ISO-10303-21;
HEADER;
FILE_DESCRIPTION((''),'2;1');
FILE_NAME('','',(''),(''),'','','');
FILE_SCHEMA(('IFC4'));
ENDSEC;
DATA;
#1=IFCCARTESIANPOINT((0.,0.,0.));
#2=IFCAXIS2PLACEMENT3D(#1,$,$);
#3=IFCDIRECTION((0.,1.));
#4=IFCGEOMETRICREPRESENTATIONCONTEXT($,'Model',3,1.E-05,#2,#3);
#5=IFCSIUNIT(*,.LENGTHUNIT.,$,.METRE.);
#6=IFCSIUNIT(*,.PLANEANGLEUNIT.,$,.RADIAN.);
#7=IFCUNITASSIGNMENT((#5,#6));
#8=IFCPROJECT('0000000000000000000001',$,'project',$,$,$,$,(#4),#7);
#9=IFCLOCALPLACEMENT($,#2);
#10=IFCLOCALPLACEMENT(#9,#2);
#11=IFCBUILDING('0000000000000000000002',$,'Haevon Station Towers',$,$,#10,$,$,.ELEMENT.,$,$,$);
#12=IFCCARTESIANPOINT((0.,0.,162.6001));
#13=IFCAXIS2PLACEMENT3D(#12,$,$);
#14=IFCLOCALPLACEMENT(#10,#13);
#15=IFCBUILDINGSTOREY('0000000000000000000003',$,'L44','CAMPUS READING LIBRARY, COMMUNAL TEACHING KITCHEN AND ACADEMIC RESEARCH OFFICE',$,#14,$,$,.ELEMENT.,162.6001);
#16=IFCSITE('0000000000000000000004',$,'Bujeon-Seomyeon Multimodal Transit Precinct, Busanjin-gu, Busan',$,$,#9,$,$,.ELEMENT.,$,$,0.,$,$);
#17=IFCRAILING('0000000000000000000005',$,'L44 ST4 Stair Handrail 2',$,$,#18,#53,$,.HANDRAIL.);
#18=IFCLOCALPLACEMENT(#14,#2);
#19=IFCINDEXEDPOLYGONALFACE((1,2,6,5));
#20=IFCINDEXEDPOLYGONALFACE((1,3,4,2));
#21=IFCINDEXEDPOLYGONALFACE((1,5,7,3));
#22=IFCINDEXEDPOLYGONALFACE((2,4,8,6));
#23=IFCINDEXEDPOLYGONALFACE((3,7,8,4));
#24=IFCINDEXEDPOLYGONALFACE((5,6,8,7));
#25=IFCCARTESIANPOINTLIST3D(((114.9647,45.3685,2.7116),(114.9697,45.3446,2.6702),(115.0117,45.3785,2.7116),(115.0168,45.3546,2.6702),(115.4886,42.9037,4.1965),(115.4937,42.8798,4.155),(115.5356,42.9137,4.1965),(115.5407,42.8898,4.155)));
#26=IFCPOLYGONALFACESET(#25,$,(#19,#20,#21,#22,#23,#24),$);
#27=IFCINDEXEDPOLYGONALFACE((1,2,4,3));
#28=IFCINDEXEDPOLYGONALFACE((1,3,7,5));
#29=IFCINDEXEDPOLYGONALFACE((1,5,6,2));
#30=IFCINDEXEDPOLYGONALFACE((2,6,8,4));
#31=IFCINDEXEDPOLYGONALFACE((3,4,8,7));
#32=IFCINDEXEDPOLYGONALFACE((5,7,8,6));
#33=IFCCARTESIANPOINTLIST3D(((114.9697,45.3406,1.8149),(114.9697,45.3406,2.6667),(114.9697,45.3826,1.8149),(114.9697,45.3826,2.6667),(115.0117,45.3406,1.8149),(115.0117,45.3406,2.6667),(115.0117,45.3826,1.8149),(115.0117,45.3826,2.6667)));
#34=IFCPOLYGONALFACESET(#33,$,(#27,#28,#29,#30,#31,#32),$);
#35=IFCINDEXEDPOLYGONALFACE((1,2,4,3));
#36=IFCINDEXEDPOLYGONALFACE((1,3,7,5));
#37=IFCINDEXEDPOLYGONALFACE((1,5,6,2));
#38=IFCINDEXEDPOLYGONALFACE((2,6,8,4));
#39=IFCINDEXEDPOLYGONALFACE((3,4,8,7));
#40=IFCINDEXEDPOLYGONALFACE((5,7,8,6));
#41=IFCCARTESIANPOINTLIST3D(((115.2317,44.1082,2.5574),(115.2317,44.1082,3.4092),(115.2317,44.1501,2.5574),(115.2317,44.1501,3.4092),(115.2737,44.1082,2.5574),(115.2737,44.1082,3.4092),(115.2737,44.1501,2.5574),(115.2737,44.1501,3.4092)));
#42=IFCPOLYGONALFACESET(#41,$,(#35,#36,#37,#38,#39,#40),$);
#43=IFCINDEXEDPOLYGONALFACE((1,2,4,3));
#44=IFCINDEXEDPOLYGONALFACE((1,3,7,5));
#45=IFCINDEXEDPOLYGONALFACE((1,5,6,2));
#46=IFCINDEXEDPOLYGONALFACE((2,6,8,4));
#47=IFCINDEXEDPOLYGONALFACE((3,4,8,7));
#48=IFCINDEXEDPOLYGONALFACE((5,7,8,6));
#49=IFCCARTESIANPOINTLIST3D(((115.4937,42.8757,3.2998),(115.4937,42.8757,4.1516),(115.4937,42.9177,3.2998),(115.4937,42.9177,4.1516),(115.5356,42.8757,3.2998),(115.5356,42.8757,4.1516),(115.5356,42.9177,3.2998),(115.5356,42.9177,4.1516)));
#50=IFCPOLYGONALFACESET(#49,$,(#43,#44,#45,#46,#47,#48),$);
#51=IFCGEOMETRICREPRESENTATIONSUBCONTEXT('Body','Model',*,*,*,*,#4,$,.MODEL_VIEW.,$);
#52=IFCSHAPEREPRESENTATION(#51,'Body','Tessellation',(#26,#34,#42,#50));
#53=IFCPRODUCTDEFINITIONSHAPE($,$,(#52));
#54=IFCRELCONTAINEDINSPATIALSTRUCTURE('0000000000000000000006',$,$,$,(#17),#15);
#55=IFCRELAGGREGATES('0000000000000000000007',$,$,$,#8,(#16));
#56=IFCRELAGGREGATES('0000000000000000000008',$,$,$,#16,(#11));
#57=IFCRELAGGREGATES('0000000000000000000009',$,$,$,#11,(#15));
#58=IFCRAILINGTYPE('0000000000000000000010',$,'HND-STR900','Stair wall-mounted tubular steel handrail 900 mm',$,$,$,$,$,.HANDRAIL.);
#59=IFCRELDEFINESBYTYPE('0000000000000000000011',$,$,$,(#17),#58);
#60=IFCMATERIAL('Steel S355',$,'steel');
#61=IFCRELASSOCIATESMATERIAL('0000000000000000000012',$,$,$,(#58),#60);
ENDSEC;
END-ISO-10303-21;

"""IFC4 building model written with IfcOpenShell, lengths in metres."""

from ifc_helpers import new_model, si_unit, direction, frame, origin, origin_2d, place, context, subcontext, project, spatial, rectangle, extrude, material, type_object, element, save


model = new_model("IFC4")

# Units and contexts
model_context = context("Model", 3, precision=1e-05, world=origin(), true_north=direction((0.0, 1.0)))
body_context = subcontext(model_context, "Body", "Model", "MODEL_VIEW")
ifc_project = project(units=[si_unit("LENGTHUNIT", "METRE"), si_unit("PLANEANGLEUNIT", "RADIAN")], contexts=[model_context])

# Site, building, storey
site_placement = place(None, origin())
site = spatial("IfcSite", under=ifc_project, at=site_placement, Name="Bujeon-Seomyeon Multimodal Transit Precinct, Busanjin-gu, Busan", CompositionType="ELEMENT", RefElevation=0.0)
building_placement = place(site_placement, origin())
building = spatial("IfcBuilding", under=site, at=building_placement, Name="Haevon Station Towers", CompositionType="ELEMENT")
storey_placement = place(building_placement, frame((0.0, 0.0, 162.6001)))
storey = spatial("IfcBuildingStorey", under=building, at=storey_placement, Name="L44", Description="CAMPUS READING LIBRARY, COMMUNAL TEACHING KITCHEN AND ACADEMIC RESEARCH OFFICE", CompositionType="ELEMENT", Elevation=162.6001)

# Shared definitions
ifc_material_1 = material(Name="Steel S355", Category="steel")

# Railing
railing_type_1 = type_object("IfcRailingType", Name="HND-STR900", Description="Stair wall-mounted tubular steel handrail 900 mm", PredefinedType="HANDRAIL", material=ifc_material_1)
railing_1_placement = place(storey_placement, frame((114.9907, 45.3616, 1.8149)))
element("IfcRailing", 1, at=railing_1_placement, inside=storey, type_object=railing_type_1, Name="L44 ST4 Stair Handrail 2", PredefinedType="HANDRAIL", context=body_context, shape_type="SweptSolid", body=[
    extrude(rectangle(XDim=0.0481, YDim=0.0481, at=origin_2d()), frame((0.0, 0.0, 0.876), z_axis=(0.179129, -0.842724, 0.507671), x_axis=(0.978147, 0.207914, 0.0)), (0.0, 0.0, 1.0), 2.9248),
    extrude(rectangle(XDim=0.042, YDim=0.042, at=origin_2d()), origin(), (0.0, 0.0, 1.0), 0.8518),
    extrude(rectangle(XDim=0.042, YDim=0.042, at=origin_2d()), frame((0.262, -1.2324, 0.7424)), (0.0, 0.0, 1.0), 0.8518),
    extrude(rectangle(XDim=0.042, YDim=0.042, at=origin_2d()), frame((0.5239, -2.4648, 1.4849)), (0.0, 0.0, 1.0), 0.8518),
])

save(model, "model.ifc")
